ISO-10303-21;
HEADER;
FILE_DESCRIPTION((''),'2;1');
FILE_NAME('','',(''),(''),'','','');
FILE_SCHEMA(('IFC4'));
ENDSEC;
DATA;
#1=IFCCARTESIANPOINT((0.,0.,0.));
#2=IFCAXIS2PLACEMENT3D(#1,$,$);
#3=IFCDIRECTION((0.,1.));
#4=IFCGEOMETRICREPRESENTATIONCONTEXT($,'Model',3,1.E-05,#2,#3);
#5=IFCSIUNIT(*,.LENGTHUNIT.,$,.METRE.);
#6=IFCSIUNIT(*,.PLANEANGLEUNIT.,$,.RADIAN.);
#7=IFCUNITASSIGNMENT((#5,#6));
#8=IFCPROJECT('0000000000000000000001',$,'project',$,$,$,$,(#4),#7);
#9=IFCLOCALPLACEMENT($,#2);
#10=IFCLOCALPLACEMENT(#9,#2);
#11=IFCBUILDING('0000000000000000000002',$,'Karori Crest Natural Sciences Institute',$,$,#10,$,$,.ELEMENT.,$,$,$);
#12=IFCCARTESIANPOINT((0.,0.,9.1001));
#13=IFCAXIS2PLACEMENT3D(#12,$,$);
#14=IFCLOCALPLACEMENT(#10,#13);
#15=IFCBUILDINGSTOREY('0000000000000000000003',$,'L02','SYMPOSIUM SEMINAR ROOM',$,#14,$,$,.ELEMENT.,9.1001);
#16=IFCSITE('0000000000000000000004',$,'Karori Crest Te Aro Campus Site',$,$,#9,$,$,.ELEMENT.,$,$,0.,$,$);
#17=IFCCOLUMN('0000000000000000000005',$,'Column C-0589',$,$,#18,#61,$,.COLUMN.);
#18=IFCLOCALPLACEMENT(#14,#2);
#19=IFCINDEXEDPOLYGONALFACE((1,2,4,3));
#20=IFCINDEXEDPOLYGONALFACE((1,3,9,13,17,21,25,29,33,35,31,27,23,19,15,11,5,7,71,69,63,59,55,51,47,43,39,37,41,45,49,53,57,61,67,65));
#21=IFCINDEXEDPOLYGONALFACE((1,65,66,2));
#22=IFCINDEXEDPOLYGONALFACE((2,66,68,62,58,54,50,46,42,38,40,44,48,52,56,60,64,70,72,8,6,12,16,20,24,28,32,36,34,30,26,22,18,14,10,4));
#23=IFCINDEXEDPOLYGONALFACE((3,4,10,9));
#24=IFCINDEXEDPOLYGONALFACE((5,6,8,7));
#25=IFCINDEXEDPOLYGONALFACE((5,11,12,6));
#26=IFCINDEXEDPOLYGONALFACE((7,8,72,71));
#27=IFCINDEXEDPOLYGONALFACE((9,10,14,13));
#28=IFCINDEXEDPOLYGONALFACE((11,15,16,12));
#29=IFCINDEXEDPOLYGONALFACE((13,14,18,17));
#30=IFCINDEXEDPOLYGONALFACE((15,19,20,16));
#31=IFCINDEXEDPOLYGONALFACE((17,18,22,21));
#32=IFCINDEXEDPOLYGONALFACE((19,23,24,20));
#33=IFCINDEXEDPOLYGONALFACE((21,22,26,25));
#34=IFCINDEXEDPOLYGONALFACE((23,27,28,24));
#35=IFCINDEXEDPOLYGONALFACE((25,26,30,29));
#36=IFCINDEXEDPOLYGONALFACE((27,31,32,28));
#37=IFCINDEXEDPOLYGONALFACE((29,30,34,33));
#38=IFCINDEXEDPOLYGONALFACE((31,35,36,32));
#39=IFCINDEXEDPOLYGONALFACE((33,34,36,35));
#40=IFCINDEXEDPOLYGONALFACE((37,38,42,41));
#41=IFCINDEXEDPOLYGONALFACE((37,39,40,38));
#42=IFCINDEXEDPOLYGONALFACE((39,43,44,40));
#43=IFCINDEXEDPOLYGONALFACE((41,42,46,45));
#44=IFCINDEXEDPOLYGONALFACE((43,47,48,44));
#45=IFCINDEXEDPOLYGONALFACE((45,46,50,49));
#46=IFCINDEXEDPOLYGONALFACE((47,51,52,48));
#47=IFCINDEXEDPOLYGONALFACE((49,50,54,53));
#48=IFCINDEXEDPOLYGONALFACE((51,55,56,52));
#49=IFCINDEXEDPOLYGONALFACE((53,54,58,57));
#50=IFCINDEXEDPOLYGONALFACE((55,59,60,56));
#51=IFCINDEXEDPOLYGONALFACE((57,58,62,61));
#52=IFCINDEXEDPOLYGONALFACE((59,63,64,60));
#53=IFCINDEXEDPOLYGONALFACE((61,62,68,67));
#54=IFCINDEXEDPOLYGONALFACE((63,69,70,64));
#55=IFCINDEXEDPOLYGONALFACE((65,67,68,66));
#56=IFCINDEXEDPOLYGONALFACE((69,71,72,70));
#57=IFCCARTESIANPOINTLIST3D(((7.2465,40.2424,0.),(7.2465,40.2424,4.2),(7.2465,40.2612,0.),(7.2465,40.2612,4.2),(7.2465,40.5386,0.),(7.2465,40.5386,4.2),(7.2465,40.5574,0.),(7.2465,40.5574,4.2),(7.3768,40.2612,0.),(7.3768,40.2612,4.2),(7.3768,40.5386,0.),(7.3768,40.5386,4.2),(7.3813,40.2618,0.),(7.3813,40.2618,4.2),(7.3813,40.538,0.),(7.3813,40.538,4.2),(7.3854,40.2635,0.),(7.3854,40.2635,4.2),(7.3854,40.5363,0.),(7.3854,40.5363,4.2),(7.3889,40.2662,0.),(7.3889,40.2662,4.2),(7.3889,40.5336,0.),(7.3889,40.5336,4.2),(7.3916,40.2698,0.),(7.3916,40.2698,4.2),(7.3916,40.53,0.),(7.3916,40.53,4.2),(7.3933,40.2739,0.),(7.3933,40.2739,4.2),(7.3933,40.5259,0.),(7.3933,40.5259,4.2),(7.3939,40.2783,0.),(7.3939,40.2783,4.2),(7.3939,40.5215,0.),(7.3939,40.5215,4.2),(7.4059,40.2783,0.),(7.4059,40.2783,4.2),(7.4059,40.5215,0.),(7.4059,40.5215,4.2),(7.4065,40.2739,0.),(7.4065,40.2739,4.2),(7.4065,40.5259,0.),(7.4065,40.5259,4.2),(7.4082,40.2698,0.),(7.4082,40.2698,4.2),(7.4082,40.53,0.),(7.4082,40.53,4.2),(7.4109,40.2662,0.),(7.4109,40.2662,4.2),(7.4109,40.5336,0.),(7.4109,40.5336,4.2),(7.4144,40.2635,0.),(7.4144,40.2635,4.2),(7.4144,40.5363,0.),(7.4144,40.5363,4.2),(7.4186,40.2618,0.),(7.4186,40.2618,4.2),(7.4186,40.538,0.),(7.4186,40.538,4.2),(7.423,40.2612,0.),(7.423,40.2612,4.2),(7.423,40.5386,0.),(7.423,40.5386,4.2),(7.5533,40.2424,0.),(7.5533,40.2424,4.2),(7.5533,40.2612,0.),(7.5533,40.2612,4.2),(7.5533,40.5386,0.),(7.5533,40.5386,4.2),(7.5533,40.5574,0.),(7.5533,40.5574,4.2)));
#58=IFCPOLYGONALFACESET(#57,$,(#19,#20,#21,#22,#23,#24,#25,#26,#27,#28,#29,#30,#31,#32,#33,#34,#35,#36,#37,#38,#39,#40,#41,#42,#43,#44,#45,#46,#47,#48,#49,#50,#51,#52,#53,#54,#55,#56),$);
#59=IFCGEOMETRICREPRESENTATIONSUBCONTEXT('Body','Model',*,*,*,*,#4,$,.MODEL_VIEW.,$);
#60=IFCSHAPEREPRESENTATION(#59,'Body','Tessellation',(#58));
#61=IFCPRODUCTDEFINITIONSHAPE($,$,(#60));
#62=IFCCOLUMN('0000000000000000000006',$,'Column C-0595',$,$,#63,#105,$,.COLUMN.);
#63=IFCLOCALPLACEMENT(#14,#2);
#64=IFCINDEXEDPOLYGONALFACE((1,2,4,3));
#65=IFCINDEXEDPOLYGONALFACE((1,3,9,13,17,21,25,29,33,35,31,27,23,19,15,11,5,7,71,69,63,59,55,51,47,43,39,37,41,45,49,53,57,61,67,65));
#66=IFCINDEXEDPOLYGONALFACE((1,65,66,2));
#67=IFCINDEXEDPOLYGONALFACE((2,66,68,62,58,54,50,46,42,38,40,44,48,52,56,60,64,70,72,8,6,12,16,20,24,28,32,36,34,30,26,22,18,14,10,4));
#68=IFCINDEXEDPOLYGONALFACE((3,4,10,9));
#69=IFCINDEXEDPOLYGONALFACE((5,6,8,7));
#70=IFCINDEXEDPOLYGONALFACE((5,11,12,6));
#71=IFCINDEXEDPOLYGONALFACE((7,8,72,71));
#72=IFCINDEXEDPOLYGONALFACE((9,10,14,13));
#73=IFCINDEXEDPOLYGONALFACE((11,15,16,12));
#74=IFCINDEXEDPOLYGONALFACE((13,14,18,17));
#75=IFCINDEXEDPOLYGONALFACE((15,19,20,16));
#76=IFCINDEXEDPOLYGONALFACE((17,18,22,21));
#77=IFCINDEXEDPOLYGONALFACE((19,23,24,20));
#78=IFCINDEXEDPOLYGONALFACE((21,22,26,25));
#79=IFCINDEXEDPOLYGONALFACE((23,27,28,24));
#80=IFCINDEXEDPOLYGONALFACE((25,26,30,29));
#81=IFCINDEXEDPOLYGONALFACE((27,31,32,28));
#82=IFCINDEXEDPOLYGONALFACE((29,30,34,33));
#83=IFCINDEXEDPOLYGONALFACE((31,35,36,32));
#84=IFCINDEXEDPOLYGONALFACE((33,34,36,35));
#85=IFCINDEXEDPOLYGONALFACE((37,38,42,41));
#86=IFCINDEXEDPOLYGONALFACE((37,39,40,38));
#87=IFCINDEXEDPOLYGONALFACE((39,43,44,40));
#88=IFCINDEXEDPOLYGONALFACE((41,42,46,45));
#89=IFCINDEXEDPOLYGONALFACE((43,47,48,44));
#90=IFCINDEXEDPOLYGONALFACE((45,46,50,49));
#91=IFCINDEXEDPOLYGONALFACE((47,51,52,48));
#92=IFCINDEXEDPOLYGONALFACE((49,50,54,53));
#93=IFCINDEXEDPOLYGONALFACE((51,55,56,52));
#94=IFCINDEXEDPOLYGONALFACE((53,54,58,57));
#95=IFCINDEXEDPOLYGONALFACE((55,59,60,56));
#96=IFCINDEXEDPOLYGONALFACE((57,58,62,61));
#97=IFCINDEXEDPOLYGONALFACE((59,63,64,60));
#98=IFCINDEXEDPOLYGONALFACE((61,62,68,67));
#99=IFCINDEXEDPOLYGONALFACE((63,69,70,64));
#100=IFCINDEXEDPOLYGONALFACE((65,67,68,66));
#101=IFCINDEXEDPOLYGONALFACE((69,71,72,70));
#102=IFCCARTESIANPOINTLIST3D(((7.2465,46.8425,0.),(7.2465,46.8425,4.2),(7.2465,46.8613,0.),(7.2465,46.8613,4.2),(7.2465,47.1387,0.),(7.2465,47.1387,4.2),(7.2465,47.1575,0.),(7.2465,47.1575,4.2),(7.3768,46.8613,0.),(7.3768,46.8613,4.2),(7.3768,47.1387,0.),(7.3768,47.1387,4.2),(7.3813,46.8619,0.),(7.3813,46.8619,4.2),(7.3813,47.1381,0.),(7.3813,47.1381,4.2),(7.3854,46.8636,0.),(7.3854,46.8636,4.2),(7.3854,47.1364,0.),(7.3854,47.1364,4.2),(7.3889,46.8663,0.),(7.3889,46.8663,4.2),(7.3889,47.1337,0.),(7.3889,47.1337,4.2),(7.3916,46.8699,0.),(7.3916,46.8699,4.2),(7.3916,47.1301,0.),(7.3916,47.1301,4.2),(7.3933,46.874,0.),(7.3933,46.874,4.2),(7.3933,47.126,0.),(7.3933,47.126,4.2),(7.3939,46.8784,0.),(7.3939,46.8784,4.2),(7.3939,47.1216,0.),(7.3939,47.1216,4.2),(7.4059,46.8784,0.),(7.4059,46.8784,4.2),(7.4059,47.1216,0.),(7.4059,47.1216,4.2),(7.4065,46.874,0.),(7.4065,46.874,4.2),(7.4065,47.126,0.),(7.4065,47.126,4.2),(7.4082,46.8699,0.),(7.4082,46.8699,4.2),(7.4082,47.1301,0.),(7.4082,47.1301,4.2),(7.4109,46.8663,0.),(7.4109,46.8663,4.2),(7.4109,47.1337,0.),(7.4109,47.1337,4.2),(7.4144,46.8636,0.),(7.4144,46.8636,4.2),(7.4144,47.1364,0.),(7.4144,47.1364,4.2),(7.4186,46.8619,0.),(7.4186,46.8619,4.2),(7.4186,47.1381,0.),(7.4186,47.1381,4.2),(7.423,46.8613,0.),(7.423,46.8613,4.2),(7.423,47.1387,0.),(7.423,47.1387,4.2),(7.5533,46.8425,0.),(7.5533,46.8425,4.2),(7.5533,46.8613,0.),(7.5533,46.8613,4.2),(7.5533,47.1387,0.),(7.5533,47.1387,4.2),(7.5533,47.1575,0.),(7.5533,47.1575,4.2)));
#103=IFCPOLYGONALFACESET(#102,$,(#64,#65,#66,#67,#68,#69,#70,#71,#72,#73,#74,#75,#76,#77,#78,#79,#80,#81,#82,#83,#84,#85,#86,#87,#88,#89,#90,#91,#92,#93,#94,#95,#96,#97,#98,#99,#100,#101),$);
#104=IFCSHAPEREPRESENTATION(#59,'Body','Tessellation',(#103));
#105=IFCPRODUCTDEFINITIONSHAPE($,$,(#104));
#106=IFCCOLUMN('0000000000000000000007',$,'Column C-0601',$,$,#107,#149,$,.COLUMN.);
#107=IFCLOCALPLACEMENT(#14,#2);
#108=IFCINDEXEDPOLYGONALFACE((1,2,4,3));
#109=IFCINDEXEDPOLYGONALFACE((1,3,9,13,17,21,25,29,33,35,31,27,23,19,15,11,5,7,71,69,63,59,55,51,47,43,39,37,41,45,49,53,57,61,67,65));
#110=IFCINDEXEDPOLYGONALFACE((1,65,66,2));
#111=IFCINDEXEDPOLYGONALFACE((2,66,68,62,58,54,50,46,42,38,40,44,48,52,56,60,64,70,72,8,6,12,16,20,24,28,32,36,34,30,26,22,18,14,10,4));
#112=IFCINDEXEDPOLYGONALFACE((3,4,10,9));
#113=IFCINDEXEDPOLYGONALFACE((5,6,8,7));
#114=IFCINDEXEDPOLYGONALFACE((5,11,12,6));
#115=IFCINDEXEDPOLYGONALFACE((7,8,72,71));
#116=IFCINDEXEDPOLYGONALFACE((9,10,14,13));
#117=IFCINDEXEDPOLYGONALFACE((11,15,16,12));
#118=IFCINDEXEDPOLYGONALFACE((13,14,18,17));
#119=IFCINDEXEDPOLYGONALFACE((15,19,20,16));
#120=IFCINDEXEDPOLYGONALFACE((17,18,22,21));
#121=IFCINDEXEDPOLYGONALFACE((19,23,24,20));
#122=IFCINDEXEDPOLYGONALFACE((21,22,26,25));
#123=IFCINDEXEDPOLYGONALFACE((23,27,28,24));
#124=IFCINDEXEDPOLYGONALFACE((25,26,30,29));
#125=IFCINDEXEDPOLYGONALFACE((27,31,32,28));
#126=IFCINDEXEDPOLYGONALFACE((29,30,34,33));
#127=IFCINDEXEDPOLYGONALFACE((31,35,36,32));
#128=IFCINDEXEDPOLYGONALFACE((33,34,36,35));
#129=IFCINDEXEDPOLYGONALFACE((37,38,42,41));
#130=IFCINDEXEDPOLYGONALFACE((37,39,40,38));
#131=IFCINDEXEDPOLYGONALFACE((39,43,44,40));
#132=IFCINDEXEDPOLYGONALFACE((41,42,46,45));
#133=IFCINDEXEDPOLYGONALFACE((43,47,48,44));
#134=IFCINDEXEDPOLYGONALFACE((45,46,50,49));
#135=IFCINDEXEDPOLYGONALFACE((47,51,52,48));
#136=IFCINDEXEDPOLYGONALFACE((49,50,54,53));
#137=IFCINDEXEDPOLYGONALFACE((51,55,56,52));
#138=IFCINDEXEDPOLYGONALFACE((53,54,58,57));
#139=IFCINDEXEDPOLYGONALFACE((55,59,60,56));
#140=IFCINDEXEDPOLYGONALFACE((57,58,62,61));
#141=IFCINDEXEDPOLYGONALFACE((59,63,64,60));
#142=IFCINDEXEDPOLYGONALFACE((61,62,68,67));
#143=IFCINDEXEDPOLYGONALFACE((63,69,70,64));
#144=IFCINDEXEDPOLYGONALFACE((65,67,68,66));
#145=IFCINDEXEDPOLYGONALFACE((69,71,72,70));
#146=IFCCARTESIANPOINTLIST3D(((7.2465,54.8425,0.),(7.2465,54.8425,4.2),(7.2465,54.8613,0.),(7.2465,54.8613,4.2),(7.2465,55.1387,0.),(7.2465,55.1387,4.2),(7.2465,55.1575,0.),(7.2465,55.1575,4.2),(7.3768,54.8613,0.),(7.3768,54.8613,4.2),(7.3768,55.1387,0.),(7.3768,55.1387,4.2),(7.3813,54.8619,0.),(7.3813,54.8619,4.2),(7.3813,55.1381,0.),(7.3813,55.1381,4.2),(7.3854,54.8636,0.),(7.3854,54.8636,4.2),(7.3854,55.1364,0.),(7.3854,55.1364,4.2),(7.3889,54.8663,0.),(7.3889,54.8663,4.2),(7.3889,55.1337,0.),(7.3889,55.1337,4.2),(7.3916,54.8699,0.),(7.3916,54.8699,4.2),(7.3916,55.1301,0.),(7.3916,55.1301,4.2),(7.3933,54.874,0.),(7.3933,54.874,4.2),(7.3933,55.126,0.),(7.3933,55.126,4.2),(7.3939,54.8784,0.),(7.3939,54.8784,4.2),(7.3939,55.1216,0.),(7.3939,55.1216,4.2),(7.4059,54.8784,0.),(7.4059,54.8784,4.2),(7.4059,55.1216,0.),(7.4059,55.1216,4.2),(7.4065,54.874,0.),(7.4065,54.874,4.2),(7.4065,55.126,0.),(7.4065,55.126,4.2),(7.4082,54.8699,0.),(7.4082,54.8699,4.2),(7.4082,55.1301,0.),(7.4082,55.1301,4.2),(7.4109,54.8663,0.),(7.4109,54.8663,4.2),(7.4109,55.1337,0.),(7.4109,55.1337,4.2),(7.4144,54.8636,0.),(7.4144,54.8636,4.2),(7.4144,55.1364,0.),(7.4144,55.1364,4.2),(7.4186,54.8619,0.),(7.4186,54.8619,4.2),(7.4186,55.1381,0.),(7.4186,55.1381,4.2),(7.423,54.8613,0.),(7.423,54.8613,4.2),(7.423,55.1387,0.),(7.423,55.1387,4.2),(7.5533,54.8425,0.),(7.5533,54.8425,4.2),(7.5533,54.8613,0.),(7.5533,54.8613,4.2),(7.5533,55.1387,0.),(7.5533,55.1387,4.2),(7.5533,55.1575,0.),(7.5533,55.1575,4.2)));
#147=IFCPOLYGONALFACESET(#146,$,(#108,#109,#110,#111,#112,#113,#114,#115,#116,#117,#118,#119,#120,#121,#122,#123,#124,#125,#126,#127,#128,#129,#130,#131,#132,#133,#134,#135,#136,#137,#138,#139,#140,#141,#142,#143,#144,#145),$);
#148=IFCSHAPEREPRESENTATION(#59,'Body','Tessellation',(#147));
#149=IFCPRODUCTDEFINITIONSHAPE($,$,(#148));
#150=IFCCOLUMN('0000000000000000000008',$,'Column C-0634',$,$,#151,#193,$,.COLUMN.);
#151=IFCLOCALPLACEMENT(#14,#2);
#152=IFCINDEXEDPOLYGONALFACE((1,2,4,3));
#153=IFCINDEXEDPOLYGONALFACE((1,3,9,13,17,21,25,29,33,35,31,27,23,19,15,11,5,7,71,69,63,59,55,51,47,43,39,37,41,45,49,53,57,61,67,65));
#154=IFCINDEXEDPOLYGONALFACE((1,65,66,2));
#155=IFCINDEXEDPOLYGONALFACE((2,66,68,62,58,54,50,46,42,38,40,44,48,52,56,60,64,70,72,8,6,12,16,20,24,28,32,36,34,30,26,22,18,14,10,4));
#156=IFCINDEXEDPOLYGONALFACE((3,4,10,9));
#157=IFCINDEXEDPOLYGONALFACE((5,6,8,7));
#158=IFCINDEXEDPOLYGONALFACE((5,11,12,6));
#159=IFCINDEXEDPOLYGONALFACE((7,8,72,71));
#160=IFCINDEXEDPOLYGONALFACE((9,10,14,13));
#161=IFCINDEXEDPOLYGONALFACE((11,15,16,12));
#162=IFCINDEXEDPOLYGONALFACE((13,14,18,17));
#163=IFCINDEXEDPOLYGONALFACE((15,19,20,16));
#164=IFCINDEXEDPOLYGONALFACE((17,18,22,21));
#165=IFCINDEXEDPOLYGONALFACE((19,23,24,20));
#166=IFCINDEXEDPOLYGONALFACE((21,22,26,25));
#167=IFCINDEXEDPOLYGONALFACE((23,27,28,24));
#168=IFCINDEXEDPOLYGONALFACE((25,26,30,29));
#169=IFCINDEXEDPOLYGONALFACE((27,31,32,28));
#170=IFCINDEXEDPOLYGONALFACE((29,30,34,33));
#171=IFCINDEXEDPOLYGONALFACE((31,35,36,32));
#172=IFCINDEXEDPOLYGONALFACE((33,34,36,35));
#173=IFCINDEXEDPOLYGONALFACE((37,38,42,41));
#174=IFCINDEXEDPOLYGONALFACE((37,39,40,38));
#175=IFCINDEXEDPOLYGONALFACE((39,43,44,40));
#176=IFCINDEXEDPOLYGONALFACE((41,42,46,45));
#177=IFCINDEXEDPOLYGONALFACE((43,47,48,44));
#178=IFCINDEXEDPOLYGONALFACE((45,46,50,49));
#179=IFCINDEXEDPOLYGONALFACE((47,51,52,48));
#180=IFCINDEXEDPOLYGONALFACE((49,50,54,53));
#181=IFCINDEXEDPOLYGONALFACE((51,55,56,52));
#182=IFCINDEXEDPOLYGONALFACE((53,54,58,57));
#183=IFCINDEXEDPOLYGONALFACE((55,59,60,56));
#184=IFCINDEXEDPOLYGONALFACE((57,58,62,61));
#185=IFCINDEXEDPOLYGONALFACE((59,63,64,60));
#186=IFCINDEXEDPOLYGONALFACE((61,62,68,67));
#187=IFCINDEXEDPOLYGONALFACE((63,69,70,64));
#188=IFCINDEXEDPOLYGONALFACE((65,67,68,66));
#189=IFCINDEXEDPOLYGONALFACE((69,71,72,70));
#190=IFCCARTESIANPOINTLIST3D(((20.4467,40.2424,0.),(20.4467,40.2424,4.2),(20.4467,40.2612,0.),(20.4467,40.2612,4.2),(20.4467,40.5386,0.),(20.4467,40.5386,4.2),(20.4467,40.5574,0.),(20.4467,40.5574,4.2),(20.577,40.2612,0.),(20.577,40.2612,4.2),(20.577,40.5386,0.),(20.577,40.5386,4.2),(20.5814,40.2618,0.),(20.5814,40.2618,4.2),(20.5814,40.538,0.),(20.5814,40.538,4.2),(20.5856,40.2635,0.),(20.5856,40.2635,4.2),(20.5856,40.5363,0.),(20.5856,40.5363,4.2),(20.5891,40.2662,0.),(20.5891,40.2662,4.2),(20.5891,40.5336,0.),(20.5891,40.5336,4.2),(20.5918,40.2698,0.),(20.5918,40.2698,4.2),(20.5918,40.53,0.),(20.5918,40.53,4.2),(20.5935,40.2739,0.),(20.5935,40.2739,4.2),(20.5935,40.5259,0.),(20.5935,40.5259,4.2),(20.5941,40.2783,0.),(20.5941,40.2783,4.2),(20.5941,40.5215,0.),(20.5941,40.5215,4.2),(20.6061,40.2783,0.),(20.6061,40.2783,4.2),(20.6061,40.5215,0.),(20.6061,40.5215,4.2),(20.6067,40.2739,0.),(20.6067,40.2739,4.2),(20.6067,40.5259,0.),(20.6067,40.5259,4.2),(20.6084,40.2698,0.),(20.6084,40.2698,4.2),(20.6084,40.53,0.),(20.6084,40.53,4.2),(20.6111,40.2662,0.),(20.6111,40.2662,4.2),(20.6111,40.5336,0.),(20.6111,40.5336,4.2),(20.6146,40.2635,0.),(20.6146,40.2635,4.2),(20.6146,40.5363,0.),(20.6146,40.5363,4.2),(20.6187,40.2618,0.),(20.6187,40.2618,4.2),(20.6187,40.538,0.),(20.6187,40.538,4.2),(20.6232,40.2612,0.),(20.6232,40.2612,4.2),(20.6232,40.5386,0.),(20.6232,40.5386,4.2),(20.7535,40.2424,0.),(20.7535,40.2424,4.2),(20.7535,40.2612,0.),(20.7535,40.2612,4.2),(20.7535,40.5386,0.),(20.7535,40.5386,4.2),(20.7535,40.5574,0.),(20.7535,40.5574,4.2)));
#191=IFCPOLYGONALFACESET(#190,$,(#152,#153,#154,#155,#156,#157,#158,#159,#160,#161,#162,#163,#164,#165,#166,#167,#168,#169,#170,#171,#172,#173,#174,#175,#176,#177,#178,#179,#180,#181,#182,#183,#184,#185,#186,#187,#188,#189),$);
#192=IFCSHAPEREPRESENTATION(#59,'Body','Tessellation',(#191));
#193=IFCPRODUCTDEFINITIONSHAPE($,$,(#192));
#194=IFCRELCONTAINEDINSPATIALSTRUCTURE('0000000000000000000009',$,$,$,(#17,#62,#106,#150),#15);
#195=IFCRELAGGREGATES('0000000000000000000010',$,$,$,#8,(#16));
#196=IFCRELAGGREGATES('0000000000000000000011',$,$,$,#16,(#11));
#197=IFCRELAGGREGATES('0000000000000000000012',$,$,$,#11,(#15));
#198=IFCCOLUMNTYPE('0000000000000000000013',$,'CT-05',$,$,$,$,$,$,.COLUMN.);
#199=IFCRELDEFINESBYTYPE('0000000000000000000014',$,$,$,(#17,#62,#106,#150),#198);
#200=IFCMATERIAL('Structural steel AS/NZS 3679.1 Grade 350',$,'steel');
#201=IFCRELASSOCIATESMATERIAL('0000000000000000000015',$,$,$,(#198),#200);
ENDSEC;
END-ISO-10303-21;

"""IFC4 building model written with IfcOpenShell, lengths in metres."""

from ifc_helpers import new_model, si_unit, direction, frame, origin, origin_2d, place, context, subcontext, project, spatial, i_section, extrude, material, material_profile, profile_set, type_object, element, save


model = new_model("IFC4")

# Units and contexts
model_context = context("Model", 3, precision=1e-05, world=origin(), true_north=direction((0.0, 1.0)))
body_context = subcontext(model_context, "Body", "Model", "MODEL_VIEW")
ifc_project = project(units=[si_unit("LENGTHUNIT", "METRE"), si_unit("PLANEANGLEUNIT", "RADIAN")], contexts=[model_context])

# Site, building, storey
site_placement = place(None, origin())
site = spatial("IfcSite", under=ifc_project, at=site_placement, Name="Karori Crest Te Aro Campus Site", CompositionType="ELEMENT", RefElevation=0.0)
building_placement = place(site_placement, origin())
building = spatial("IfcBuilding", under=site, at=building_placement, Name="Karori Crest Natural Sciences Institute", CompositionType="ELEMENT")
storey_placement = place(building_placement, frame((0.0, 0.0, 9.1001)))
storey = spatial("IfcBuildingStorey", under=building, at=storey_placement, Name="L02", Description="SYMPOSIUM SEMINAR ROOM", CompositionType="ELEMENT", Elevation=9.1001)

# Columns
ifc_material_1 = material(Name="Structural steel AS/NZS 3679.1 Grade 350", Category="steel")
ifc_material_profile_1 = material_profile(ifc_material_1, i_section(OverallWidth=0.3069, OverallDepth=0.3149, WebThickness=0.012, FlangeThickness=0.0188, FilletRadius=0.0171, at=origin_2d()), Name="310UC118")
ifc_profile_set_1 = profile_set([ifc_material_profile_1], Name="Structural steel AS/NZS 3679.1 Grade 350")
column_type = type_object("IfcColumnType", Name="CT-05", PredefinedType="COLUMN", material=ifc_profile_set_1)
for number, where, z_axis, x_axis, name in (
    (1, (7.3999, 40.3999, 0.0), (0.0, 0.0, 1.0), (1.0, 0.0, 0.0), "Column C-0589"),
    (2, (7.3999, 47.0, 0.0), (0.0, 0.0, 1.0), (1.0, 0.0, 0.0), "Column C-0595"),
    (3, (7.3999, 55.0, 0.0), (0.0, 0.0, 1.0), (1.0, 0.0, 0.0), "Column C-0601"),
    (4, (20.6001, 40.3999, 0.0), (0.0, 0.0, 1.0), (1.0, 0.0, 0.0), "Column C-0634"),
):
    element("IfcColumn", number, at=place(storey_placement, frame(where, z_axis=z_axis, x_axis=x_axis)), inside=storey, type_object=column_type, Name=name, PredefinedType="COLUMN", context=body_context, shape_type="SweptSolid", body=[
        extrude(i_section(OverallWidth=0.3069, OverallDepth=0.3149, WebThickness=0.012, FlangeThickness=0.0188, FilletRadius=0.0171, at=origin_2d()), origin(), (0.0, 0.0, 1.0), 4.2),
    ])

save(model, "model.ifc")
